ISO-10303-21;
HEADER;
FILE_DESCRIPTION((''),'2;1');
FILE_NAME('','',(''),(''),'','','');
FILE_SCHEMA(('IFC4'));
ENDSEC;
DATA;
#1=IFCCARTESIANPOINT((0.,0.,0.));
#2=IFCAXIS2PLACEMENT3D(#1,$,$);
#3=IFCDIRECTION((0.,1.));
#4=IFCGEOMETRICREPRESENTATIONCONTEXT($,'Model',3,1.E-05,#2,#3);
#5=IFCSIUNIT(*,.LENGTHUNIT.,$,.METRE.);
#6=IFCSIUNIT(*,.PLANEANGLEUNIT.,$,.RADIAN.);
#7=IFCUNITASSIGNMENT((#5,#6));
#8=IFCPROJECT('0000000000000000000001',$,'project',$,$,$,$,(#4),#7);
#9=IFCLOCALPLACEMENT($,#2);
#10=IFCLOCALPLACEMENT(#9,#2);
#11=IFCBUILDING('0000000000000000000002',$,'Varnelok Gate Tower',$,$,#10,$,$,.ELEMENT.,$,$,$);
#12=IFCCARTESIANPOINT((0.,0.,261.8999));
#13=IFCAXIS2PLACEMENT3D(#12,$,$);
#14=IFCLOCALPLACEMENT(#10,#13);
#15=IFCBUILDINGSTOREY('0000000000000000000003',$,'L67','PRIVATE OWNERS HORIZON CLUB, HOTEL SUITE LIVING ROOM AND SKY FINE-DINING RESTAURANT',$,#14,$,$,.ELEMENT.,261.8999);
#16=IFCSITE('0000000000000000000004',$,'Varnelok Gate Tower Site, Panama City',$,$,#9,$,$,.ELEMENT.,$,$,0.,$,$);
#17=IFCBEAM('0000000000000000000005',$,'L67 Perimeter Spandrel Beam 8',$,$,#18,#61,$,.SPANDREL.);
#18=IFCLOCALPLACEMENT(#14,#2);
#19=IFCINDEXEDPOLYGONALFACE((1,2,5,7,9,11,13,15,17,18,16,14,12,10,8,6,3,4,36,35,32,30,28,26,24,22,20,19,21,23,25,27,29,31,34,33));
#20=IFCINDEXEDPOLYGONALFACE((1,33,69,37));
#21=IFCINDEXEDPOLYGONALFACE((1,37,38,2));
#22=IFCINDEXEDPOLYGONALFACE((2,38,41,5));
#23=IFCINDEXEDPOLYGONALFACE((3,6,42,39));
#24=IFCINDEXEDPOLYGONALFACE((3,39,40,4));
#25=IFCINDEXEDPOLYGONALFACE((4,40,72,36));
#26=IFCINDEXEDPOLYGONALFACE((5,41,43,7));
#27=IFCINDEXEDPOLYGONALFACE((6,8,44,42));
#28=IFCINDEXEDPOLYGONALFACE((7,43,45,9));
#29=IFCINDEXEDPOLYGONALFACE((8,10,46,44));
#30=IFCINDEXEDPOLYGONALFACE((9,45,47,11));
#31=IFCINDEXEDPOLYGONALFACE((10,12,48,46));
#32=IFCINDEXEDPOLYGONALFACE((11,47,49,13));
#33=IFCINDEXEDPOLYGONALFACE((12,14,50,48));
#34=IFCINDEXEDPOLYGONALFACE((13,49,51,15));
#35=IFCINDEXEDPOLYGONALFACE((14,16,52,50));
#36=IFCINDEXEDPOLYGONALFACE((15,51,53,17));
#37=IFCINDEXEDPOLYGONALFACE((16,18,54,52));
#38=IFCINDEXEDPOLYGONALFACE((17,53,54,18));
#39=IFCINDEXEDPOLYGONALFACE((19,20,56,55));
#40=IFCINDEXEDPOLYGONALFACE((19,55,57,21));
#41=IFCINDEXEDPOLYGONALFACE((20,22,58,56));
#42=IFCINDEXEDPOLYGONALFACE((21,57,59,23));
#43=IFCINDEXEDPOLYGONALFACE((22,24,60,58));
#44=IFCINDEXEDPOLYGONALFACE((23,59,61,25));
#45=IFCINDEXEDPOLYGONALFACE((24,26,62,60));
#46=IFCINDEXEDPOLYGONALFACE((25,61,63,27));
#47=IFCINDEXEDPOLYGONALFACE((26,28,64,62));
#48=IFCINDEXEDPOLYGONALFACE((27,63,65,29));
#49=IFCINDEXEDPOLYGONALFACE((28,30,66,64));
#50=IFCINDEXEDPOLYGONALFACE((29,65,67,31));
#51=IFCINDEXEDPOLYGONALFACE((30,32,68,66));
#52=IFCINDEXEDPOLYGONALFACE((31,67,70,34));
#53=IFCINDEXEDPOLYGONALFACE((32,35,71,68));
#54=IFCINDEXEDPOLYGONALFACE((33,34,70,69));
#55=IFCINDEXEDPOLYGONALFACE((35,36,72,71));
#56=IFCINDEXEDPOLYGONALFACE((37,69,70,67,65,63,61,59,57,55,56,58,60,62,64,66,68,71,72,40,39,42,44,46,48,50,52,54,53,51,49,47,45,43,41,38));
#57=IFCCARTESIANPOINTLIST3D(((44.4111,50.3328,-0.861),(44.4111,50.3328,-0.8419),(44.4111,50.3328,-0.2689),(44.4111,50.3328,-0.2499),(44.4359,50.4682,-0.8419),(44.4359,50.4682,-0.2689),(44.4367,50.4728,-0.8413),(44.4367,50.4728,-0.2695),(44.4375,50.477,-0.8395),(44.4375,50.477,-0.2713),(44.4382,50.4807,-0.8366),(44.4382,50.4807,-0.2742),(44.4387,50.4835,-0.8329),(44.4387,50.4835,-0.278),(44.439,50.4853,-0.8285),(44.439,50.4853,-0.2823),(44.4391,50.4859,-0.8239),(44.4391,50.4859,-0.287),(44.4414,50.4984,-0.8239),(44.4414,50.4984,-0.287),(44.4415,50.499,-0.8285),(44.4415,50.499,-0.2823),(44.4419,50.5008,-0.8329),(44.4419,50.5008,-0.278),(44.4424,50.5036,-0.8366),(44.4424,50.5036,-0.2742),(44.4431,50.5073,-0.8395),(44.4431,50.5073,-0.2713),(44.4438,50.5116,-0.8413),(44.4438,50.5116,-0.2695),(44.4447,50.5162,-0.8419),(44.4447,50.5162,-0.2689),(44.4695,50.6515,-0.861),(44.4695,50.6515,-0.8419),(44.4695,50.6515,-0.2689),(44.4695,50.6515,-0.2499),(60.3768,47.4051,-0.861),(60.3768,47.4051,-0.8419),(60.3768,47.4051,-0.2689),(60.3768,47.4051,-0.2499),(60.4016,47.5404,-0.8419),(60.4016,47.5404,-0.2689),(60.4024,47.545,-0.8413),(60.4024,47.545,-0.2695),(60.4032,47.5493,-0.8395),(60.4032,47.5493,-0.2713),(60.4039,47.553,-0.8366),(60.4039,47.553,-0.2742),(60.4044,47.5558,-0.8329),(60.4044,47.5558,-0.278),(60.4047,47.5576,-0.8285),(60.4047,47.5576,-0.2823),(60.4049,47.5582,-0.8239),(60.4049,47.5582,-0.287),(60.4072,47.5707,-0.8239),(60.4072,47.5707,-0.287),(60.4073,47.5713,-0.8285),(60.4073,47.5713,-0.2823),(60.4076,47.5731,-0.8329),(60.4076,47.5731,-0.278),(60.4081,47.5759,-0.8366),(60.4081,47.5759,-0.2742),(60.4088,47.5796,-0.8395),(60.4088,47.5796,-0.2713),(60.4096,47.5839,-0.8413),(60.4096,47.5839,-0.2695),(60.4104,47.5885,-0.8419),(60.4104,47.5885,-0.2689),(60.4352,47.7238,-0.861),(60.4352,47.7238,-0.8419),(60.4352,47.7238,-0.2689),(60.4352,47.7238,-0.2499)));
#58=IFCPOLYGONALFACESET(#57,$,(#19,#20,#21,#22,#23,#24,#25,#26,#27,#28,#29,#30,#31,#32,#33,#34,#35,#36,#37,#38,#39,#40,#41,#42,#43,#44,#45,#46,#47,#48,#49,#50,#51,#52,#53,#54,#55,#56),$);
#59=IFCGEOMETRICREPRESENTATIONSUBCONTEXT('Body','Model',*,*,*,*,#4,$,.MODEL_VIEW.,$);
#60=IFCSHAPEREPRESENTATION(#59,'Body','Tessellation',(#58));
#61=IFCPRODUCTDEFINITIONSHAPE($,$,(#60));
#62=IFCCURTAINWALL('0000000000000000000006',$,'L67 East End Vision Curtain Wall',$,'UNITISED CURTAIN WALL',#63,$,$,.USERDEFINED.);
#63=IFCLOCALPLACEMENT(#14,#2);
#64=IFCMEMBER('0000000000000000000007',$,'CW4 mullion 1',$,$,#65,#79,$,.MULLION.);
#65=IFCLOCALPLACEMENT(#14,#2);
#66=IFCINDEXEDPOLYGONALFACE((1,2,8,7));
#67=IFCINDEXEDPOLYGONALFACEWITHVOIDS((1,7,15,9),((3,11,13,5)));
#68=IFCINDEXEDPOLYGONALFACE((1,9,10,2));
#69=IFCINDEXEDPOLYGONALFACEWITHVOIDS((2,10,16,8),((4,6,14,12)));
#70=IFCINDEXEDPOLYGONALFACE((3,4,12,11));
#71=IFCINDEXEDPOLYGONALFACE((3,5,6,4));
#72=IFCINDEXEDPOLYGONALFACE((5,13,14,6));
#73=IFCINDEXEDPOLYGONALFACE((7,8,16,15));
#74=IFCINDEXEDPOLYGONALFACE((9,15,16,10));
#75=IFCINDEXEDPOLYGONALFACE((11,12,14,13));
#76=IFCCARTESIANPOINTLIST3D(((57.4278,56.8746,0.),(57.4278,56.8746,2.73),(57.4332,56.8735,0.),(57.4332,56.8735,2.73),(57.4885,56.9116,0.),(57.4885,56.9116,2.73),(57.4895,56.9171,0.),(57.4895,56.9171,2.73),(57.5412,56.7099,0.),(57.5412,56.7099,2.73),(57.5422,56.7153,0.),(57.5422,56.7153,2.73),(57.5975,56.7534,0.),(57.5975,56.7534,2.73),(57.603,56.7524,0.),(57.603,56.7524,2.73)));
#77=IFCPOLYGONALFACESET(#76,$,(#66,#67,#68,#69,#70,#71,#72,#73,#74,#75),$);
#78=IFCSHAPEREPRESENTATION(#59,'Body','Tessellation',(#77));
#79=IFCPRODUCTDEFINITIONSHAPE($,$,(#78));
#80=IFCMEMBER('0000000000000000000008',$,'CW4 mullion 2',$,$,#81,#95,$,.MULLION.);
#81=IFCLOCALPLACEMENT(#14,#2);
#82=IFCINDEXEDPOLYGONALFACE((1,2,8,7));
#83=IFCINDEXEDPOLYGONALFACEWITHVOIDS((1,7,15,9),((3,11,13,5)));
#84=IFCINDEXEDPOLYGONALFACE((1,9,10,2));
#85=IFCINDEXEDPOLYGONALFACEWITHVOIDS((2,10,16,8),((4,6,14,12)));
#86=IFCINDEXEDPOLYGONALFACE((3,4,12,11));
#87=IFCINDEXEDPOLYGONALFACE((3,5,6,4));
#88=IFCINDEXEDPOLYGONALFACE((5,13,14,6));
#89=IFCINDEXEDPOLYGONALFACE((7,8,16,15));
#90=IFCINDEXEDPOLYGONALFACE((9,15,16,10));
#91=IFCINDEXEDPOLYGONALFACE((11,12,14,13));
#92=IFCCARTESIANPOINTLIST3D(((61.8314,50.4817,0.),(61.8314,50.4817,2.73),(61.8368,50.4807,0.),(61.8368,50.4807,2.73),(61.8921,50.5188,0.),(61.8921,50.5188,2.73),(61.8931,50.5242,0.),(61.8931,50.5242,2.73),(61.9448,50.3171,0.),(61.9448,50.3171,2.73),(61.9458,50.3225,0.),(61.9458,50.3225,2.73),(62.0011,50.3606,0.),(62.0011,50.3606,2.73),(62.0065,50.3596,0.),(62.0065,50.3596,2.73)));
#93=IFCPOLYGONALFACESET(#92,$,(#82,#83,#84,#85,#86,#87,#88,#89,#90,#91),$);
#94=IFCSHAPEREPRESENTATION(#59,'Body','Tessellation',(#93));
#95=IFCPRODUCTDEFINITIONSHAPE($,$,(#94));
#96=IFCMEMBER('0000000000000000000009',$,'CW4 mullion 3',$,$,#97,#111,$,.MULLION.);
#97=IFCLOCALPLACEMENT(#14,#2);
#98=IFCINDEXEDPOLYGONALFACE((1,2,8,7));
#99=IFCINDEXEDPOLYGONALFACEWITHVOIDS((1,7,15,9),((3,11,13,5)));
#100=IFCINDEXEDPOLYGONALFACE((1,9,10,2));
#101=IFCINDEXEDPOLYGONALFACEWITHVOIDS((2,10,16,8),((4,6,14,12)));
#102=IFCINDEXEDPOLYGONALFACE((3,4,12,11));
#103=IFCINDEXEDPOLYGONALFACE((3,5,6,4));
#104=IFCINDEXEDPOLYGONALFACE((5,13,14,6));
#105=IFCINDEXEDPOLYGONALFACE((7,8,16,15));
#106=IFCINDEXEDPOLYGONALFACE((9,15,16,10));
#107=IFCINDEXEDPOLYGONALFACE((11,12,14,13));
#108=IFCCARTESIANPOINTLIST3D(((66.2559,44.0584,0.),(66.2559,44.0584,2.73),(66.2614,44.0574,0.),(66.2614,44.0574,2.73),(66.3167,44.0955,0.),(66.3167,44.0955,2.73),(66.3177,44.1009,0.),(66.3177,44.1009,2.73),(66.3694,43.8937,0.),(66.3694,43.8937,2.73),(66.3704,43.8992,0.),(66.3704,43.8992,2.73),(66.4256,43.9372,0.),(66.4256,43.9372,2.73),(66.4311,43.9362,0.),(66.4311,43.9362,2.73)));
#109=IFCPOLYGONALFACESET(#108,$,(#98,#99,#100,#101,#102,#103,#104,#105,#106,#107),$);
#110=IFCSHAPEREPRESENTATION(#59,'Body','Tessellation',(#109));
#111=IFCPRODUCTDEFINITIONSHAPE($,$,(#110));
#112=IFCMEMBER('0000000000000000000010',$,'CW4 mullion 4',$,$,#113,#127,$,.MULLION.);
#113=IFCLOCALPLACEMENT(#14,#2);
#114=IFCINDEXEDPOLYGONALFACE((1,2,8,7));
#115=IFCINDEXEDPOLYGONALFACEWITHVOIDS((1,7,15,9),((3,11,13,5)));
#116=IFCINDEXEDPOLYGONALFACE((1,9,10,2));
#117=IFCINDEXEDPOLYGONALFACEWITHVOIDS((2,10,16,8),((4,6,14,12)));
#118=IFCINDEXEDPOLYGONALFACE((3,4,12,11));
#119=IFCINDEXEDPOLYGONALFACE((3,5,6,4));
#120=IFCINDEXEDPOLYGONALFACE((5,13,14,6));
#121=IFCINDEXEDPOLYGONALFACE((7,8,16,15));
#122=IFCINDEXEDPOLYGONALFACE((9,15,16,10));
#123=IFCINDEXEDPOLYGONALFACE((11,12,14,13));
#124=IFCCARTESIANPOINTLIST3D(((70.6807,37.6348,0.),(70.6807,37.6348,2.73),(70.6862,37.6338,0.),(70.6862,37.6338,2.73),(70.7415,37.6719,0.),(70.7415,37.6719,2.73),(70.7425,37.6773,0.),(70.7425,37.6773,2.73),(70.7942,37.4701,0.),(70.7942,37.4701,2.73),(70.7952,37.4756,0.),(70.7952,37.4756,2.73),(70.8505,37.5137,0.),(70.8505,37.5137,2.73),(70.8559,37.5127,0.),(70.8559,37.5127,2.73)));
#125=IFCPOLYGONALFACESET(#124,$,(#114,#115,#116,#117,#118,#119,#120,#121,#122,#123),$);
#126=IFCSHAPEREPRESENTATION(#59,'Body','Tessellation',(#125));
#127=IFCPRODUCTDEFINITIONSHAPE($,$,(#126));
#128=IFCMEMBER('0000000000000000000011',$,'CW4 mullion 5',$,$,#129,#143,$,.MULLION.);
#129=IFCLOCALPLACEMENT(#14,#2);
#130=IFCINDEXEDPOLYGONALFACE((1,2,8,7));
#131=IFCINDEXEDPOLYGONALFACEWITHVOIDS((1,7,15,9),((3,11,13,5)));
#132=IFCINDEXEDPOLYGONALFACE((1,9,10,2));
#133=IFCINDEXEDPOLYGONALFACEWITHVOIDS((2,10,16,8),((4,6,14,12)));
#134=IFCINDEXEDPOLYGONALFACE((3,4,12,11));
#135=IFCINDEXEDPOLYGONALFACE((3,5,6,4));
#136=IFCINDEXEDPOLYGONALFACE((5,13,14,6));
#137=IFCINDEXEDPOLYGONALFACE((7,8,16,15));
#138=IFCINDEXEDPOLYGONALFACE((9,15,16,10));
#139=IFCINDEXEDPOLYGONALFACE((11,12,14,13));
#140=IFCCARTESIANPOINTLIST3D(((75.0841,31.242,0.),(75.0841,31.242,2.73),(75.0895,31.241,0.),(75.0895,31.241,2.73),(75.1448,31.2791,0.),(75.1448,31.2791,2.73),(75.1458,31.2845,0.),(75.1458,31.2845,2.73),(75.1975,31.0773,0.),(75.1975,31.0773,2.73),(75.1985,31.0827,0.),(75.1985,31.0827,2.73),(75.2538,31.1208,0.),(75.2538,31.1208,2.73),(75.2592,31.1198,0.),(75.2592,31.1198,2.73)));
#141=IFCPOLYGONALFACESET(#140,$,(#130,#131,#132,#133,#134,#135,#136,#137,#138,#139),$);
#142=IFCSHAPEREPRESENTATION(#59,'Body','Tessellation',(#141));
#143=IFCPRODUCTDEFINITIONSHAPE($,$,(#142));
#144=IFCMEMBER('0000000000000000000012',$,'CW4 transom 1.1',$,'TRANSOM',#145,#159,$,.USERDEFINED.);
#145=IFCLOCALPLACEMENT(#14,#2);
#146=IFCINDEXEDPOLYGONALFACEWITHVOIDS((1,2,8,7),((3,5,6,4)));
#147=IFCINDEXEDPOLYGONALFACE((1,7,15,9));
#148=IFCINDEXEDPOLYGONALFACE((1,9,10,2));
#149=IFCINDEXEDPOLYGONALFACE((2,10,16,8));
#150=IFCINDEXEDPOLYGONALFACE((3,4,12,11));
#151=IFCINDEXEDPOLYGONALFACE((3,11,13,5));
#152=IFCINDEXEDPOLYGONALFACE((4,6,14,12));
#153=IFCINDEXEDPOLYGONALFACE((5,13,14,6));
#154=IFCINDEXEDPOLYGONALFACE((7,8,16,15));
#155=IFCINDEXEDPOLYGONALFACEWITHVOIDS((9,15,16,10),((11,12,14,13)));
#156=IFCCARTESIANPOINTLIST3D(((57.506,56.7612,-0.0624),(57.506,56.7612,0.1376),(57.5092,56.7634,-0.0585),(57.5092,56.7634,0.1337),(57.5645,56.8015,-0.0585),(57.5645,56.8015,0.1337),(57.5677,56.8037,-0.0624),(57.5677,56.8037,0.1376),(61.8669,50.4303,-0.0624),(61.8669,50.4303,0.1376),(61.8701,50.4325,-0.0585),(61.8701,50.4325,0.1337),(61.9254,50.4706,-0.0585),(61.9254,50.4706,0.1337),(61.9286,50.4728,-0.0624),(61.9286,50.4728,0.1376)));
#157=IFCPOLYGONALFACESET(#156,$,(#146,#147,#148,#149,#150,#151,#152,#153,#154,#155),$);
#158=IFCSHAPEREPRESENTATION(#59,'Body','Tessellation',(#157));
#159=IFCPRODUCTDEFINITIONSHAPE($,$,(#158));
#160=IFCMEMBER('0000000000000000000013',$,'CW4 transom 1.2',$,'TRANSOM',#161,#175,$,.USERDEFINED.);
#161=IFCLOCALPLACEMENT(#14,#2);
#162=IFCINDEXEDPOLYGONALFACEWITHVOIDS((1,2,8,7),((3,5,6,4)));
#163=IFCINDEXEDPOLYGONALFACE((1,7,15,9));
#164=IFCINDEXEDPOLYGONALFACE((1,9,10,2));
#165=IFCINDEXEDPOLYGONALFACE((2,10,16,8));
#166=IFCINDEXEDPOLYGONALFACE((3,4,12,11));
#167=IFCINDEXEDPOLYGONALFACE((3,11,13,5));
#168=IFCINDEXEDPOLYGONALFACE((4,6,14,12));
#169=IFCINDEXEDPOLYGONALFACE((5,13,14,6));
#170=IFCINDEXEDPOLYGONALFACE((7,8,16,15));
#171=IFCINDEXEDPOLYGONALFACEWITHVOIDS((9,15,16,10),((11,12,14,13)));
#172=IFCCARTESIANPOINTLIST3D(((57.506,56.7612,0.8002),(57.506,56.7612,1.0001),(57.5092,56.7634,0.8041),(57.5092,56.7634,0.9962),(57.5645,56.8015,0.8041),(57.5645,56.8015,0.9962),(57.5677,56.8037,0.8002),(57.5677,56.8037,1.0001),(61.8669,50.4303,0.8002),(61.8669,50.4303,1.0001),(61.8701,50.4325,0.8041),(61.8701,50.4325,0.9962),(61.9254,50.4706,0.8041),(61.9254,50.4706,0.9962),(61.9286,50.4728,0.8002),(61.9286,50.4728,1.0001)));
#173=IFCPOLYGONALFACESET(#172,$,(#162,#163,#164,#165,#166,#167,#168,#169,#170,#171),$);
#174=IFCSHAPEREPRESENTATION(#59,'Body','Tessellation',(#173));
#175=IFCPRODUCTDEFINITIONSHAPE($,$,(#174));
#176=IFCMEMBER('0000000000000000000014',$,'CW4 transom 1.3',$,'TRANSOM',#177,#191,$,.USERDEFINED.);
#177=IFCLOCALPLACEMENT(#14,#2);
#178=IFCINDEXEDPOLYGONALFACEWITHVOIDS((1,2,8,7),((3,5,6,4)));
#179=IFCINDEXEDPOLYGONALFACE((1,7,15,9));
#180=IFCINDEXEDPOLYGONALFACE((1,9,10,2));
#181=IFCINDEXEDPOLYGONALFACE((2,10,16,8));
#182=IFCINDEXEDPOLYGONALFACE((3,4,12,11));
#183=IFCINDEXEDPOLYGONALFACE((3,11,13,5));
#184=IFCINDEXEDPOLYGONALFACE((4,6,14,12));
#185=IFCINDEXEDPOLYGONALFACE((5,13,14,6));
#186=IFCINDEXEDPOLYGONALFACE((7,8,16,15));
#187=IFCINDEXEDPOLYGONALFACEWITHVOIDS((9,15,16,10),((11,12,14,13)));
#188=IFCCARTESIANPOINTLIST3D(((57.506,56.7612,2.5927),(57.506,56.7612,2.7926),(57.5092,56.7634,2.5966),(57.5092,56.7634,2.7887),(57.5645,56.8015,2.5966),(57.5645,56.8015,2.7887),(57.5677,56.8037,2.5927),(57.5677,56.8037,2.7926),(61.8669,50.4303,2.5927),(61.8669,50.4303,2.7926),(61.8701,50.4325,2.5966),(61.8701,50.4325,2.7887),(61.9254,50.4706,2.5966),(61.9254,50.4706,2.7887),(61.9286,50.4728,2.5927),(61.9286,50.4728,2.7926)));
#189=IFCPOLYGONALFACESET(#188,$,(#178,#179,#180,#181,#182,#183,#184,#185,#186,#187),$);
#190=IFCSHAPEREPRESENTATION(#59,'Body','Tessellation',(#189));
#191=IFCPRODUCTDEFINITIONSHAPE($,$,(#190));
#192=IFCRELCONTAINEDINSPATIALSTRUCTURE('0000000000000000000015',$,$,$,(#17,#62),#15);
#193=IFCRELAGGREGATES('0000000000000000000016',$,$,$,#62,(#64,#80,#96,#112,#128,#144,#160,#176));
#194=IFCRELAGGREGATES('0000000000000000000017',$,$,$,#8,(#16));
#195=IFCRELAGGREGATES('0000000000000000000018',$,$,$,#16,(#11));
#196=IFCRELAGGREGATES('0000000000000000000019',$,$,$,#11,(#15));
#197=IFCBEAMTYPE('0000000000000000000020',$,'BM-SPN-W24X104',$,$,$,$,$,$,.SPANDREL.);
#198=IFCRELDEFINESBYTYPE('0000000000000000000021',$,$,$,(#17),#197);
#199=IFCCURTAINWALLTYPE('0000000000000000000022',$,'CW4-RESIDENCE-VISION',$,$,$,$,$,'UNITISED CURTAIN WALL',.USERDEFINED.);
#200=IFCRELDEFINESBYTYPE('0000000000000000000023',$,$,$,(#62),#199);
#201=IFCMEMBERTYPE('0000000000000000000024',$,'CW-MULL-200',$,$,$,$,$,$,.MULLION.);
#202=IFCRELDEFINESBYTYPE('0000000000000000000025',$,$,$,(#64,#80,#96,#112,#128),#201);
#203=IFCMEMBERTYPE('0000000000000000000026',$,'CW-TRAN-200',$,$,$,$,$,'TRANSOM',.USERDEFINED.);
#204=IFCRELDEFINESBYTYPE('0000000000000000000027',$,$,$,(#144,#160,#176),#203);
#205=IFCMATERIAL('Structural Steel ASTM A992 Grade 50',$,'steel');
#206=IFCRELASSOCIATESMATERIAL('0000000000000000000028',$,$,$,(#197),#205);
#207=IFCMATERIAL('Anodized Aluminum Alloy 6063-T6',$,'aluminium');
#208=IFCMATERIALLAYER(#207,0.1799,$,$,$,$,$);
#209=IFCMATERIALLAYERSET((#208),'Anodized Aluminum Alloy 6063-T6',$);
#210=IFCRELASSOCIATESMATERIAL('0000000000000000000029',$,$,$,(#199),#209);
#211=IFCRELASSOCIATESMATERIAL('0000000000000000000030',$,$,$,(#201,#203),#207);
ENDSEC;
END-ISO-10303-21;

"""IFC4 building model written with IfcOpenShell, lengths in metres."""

from ifc_helpers import new_model, si_unit, direction, frame, origin, origin_2d, place, context, subcontext, project, spatial, hollow_rectangle, i_section, extrude, material, layer, layer_set, material_profile, profile_set, type_object, element, aggregate, save


model = new_model("IFC4")

# Units and contexts
model_context = context("Model", 3, precision=1e-05, world=origin(), true_north=direction((0.0, 1.0)))
body_context = subcontext(model_context, "Body", "Model", "MODEL_VIEW")
ifc_project = project(units=[si_unit("LENGTHUNIT", "METRE"), si_unit("PLANEANGLEUNIT", "RADIAN")], contexts=[model_context])

# Site, building, storey
site_placement = place(None, origin())
site = spatial("IfcSite", under=ifc_project, at=site_placement, Name="Varnelok Gate Tower Site, Panama City", CompositionType="ELEMENT", RefElevation=0.0)
building_placement = place(site_placement, origin())
building = spatial("IfcBuilding", under=site, at=building_placement, Name="Varnelok Gate Tower", CompositionType="ELEMENT")
storey_placement = place(building_placement, frame((0.0, 0.0, 261.8999)))
storey = spatial("IfcBuildingStorey", under=building, at=storey_placement, Name="L67", Description="PRIVATE OWNERS HORIZON CLUB, HOTEL SUITE LIVING ROOM AND SKY FINE-DINING RESTAURANT", CompositionType="ELEMENT", Elevation=261.8999)

# Shared definitions
ifc_material_1 = material(Name="Structural Steel ASTM A992 Grade 50", Category="steel")

# Beam
ifc_material_profile_1 = material_profile(ifc_material_1, i_section(OverallWidth=0.324, OverallDepth=0.6111, WebThickness=0.0127, FlangeThickness=0.019, FilletRadius=0.0181, at=origin_2d()), Name="W24X104")
ifc_profile_set_1 = profile_set([ifc_material_profile_1], Name="Structural Steel ASTM A992 Grade 50")
beam_type_1 = type_object("IfcBeamType", Name="BM-SPN-W24X104", PredefinedType="SPANDREL", material=ifc_profile_set_1)
beam_1_placement = place(storey_placement, frame((60.406, 47.5645, -0.5554), z_axis=(-0.983599, 0.180368, 0.0), x_axis=(-0.180368, -0.983599, 0.0)))
element("IfcBeam", 1, at=beam_1_placement, inside=storey, type_object=beam_type_1, Name="L67 Perimeter Spandrel Beam 8", PredefinedType="SPANDREL", context=body_context, shape_type="SweptSolid", body=[
    extrude(i_section(OverallWidth=0.324, OverallDepth=0.6111, WebThickness=0.0127, FlangeThickness=0.019, FilletRadius=0.0181, at=origin_2d()), origin(), (0.0, 0.0, 1.0), 16.2319),
])

# Curtain wall, members
ifc_material_2 = material(Name="Anodized Aluminum Alloy 6063-T6", Category="aluminium")
ifc_layer_1 = layer(ifc_material_2, 0.1799)
ifc_layer_set_1 = layer_set([ifc_layer_1], Name="Anodized Aluminum Alloy 6063-T6")
curtain_wall_type = type_object("IfcCurtainWallType", Name="CW4-RESIDENCE-VISION", ElementType="UNITISED CURTAIN WALL", PredefinedType="USERDEFINED", material=ifc_layer_set_1)
curtain_wall_placement = place(storey_placement, origin())
curtain_wall = element("IfcCurtainWall", 2, at=curtain_wall_placement, inside=storey, type_object=curtain_wall_type, Name="L67 East End Vision Curtain Wall", ObjectType="UNITISED CURTAIN WALL", PredefinedType="USERDEFINED")
ifc_material_profile_2 = material_profile(ifc_material_2, hollow_rectangle(XDim=0.075, YDim=0.2, WallThickness=0.0039, at=origin_2d()), Name="ALU200X75X4")
ifc_profile_set_2 = profile_set([ifc_material_profile_2], Name="Anodized Aluminum Alloy 6063-T6")
member_type_1 = type_object("IfcMemberType", Name="CW-MULL-200", PredefinedType="MULLION", material=ifc_profile_set_2)
member_1_placement = place(storey_placement, frame((57.5154, 56.8135, 0.0), z_axis=(0.0, 0.0, 1.0), x_axis=(0.823532, 0.567269, 0.0)))
member_1 = element("IfcMember", 3, at=member_1_placement, type_object=member_type_1, Name="CW4 mullion 1", PredefinedType="MULLION", context=body_context, shape_type="SweptSolid", body=[
    extrude(hollow_rectangle(XDim=0.075, YDim=0.2, WallThickness=0.0039, at=origin_2d()), origin(), (0.0, 0.0, 1.0), 2.73),
])
member_2_placement = place(storey_placement, frame((61.9189, 50.4207, 0.0), z_axis=(0.0, 0.0, 1.0), x_axis=(0.823532, 0.567269, 0.0)))
member_2 = element("IfcMember", 4, at=member_2_placement, type_object=member_type_1, Name="CW4 mullion 2", PredefinedType="MULLION", context=body_context, shape_type="SweptSolid", body=[
    extrude(hollow_rectangle(XDim=0.075, YDim=0.2, WallThickness=0.0039, at=origin_2d()), origin(), (0.0, 0.0, 1.0), 2.73),
])
member_3_placement = place(storey_placement, frame((66.3435, 43.9973, 0.0), z_axis=(0.0, 0.0, 1.0), x_axis=(0.823532, 0.567269, 0.0)))
member_3 = element("IfcMember", 5, at=member_3_placement, type_object=member_type_1, Name="CW4 mullion 3", PredefinedType="MULLION", context=body_context, shape_type="SweptSolid", body=[
    extrude(hollow_rectangle(XDim=0.075, YDim=0.2, WallThickness=0.0039, at=origin_2d()), origin(), (0.0, 0.0, 1.0), 2.73),
])
member_4_placement = place(storey_placement, frame((70.7683, 37.5737, 0.0), z_axis=(0.0, 0.0, 1.0), x_axis=(0.823532, 0.567269, 0.0)))
member_4 = element("IfcMember", 6, at=member_4_placement, type_object=member_type_1, Name="CW4 mullion 4", PredefinedType="MULLION", context=body_context, shape_type="SweptSolid", body=[
    extrude(hollow_rectangle(XDim=0.075, YDim=0.2, WallThickness=0.0039, at=origin_2d()), origin(), (0.0, 0.0, 1.0), 2.73),
])
member_5_placement = place(storey_placement, frame((75.1716, 31.1809, 0.0), z_axis=(0.0, 0.0, 1.0), x_axis=(0.823532, 0.567269, 0.0)))
member_5 = element("IfcMember", 7, at=member_5_placement, type_object=member_type_1, Name="CW4 mullion 5", PredefinedType="MULLION", context=body_context, shape_type="SweptSolid", body=[
    extrude(hollow_rectangle(XDim=0.075, YDim=0.2, WallThickness=0.0039, at=origin_2d()), origin(), (0.0, 0.0, 1.0), 2.73),
])
ifc_material_profile_3 = material_profile(ifc_material_2, hollow_rectangle(XDim=0.075, YDim=0.2, WallThickness=0.0039, at=origin_2d()), Name="ALU200X75X4")
ifc_profile_set_3 = profile_set([ifc_material_profile_3], Name="Anodized Aluminum Alloy 6063-T6")
member_type_2 = type_object("IfcMemberType", Name="CW-TRAN-200", ElementType="TRANSOM", PredefinedType="USERDEFINED", material=ifc_profile_set_3)
member_6_placement = place(storey_placement, frame((57.5369, 56.7825, 0.0376), z_axis=(0.567271, -0.823531, 0.0), x_axis=(0.823531, 0.567271, 0.0)))
member_6 = element("IfcMember", 8, at=member_6_placement, type_object=member_type_2, Name="CW4 transom 1.1", ObjectType="TRANSOM", PredefinedType="USERDEFINED", context=body_context, shape_type="SweptSolid", body=[
    extrude(hollow_rectangle(XDim=0.075, YDim=0.2, WallThickness=0.0039, at=origin_2d()), origin(), (0.0, 0.0, 1.0), 7.6875),
])
member_7_placement = place(storey_placement, frame((57.5369, 56.7825, 0.9001), z_axis=(0.567271, -0.823531, 0.0), x_axis=(0.823531, 0.567271, 0.0)))
member_7 = element("IfcMember", 9, at=member_7_placement, type_object=member_type_2, Name="CW4 transom 1.2", ObjectType="TRANSOM", PredefinedType="USERDEFINED", context=body_context, shape_type="SweptSolid", body=[
    extrude(hollow_rectangle(XDim=0.075, YDim=0.2, WallThickness=0.0039, at=origin_2d()), origin(), (0.0, 0.0, 1.0), 7.6875),
])
member_8_placement = place(storey_placement, frame((57.5369, 56.7825, 2.6926), z_axis=(0.567271, -0.823531, 0.0), x_axis=(0.823531, 0.567271, 0.0)))
member_8 = element("IfcMember", 10, at=member_8_placement, type_object=member_type_2, Name="CW4 transom 1.3", ObjectType="TRANSOM", PredefinedType="USERDEFINED", context=body_context, shape_type="SweptSolid", body=[
    extrude(hollow_rectangle(XDim=0.075, YDim=0.2, WallThickness=0.0039, at=origin_2d()), origin(), (0.0, 0.0, 1.0), 7.6875),
])
aggregate(curtain_wall, [member_1, member_2, member_3, member_4, member_5, member_6, member_7, member_8])

save(model, "model.ifc")
